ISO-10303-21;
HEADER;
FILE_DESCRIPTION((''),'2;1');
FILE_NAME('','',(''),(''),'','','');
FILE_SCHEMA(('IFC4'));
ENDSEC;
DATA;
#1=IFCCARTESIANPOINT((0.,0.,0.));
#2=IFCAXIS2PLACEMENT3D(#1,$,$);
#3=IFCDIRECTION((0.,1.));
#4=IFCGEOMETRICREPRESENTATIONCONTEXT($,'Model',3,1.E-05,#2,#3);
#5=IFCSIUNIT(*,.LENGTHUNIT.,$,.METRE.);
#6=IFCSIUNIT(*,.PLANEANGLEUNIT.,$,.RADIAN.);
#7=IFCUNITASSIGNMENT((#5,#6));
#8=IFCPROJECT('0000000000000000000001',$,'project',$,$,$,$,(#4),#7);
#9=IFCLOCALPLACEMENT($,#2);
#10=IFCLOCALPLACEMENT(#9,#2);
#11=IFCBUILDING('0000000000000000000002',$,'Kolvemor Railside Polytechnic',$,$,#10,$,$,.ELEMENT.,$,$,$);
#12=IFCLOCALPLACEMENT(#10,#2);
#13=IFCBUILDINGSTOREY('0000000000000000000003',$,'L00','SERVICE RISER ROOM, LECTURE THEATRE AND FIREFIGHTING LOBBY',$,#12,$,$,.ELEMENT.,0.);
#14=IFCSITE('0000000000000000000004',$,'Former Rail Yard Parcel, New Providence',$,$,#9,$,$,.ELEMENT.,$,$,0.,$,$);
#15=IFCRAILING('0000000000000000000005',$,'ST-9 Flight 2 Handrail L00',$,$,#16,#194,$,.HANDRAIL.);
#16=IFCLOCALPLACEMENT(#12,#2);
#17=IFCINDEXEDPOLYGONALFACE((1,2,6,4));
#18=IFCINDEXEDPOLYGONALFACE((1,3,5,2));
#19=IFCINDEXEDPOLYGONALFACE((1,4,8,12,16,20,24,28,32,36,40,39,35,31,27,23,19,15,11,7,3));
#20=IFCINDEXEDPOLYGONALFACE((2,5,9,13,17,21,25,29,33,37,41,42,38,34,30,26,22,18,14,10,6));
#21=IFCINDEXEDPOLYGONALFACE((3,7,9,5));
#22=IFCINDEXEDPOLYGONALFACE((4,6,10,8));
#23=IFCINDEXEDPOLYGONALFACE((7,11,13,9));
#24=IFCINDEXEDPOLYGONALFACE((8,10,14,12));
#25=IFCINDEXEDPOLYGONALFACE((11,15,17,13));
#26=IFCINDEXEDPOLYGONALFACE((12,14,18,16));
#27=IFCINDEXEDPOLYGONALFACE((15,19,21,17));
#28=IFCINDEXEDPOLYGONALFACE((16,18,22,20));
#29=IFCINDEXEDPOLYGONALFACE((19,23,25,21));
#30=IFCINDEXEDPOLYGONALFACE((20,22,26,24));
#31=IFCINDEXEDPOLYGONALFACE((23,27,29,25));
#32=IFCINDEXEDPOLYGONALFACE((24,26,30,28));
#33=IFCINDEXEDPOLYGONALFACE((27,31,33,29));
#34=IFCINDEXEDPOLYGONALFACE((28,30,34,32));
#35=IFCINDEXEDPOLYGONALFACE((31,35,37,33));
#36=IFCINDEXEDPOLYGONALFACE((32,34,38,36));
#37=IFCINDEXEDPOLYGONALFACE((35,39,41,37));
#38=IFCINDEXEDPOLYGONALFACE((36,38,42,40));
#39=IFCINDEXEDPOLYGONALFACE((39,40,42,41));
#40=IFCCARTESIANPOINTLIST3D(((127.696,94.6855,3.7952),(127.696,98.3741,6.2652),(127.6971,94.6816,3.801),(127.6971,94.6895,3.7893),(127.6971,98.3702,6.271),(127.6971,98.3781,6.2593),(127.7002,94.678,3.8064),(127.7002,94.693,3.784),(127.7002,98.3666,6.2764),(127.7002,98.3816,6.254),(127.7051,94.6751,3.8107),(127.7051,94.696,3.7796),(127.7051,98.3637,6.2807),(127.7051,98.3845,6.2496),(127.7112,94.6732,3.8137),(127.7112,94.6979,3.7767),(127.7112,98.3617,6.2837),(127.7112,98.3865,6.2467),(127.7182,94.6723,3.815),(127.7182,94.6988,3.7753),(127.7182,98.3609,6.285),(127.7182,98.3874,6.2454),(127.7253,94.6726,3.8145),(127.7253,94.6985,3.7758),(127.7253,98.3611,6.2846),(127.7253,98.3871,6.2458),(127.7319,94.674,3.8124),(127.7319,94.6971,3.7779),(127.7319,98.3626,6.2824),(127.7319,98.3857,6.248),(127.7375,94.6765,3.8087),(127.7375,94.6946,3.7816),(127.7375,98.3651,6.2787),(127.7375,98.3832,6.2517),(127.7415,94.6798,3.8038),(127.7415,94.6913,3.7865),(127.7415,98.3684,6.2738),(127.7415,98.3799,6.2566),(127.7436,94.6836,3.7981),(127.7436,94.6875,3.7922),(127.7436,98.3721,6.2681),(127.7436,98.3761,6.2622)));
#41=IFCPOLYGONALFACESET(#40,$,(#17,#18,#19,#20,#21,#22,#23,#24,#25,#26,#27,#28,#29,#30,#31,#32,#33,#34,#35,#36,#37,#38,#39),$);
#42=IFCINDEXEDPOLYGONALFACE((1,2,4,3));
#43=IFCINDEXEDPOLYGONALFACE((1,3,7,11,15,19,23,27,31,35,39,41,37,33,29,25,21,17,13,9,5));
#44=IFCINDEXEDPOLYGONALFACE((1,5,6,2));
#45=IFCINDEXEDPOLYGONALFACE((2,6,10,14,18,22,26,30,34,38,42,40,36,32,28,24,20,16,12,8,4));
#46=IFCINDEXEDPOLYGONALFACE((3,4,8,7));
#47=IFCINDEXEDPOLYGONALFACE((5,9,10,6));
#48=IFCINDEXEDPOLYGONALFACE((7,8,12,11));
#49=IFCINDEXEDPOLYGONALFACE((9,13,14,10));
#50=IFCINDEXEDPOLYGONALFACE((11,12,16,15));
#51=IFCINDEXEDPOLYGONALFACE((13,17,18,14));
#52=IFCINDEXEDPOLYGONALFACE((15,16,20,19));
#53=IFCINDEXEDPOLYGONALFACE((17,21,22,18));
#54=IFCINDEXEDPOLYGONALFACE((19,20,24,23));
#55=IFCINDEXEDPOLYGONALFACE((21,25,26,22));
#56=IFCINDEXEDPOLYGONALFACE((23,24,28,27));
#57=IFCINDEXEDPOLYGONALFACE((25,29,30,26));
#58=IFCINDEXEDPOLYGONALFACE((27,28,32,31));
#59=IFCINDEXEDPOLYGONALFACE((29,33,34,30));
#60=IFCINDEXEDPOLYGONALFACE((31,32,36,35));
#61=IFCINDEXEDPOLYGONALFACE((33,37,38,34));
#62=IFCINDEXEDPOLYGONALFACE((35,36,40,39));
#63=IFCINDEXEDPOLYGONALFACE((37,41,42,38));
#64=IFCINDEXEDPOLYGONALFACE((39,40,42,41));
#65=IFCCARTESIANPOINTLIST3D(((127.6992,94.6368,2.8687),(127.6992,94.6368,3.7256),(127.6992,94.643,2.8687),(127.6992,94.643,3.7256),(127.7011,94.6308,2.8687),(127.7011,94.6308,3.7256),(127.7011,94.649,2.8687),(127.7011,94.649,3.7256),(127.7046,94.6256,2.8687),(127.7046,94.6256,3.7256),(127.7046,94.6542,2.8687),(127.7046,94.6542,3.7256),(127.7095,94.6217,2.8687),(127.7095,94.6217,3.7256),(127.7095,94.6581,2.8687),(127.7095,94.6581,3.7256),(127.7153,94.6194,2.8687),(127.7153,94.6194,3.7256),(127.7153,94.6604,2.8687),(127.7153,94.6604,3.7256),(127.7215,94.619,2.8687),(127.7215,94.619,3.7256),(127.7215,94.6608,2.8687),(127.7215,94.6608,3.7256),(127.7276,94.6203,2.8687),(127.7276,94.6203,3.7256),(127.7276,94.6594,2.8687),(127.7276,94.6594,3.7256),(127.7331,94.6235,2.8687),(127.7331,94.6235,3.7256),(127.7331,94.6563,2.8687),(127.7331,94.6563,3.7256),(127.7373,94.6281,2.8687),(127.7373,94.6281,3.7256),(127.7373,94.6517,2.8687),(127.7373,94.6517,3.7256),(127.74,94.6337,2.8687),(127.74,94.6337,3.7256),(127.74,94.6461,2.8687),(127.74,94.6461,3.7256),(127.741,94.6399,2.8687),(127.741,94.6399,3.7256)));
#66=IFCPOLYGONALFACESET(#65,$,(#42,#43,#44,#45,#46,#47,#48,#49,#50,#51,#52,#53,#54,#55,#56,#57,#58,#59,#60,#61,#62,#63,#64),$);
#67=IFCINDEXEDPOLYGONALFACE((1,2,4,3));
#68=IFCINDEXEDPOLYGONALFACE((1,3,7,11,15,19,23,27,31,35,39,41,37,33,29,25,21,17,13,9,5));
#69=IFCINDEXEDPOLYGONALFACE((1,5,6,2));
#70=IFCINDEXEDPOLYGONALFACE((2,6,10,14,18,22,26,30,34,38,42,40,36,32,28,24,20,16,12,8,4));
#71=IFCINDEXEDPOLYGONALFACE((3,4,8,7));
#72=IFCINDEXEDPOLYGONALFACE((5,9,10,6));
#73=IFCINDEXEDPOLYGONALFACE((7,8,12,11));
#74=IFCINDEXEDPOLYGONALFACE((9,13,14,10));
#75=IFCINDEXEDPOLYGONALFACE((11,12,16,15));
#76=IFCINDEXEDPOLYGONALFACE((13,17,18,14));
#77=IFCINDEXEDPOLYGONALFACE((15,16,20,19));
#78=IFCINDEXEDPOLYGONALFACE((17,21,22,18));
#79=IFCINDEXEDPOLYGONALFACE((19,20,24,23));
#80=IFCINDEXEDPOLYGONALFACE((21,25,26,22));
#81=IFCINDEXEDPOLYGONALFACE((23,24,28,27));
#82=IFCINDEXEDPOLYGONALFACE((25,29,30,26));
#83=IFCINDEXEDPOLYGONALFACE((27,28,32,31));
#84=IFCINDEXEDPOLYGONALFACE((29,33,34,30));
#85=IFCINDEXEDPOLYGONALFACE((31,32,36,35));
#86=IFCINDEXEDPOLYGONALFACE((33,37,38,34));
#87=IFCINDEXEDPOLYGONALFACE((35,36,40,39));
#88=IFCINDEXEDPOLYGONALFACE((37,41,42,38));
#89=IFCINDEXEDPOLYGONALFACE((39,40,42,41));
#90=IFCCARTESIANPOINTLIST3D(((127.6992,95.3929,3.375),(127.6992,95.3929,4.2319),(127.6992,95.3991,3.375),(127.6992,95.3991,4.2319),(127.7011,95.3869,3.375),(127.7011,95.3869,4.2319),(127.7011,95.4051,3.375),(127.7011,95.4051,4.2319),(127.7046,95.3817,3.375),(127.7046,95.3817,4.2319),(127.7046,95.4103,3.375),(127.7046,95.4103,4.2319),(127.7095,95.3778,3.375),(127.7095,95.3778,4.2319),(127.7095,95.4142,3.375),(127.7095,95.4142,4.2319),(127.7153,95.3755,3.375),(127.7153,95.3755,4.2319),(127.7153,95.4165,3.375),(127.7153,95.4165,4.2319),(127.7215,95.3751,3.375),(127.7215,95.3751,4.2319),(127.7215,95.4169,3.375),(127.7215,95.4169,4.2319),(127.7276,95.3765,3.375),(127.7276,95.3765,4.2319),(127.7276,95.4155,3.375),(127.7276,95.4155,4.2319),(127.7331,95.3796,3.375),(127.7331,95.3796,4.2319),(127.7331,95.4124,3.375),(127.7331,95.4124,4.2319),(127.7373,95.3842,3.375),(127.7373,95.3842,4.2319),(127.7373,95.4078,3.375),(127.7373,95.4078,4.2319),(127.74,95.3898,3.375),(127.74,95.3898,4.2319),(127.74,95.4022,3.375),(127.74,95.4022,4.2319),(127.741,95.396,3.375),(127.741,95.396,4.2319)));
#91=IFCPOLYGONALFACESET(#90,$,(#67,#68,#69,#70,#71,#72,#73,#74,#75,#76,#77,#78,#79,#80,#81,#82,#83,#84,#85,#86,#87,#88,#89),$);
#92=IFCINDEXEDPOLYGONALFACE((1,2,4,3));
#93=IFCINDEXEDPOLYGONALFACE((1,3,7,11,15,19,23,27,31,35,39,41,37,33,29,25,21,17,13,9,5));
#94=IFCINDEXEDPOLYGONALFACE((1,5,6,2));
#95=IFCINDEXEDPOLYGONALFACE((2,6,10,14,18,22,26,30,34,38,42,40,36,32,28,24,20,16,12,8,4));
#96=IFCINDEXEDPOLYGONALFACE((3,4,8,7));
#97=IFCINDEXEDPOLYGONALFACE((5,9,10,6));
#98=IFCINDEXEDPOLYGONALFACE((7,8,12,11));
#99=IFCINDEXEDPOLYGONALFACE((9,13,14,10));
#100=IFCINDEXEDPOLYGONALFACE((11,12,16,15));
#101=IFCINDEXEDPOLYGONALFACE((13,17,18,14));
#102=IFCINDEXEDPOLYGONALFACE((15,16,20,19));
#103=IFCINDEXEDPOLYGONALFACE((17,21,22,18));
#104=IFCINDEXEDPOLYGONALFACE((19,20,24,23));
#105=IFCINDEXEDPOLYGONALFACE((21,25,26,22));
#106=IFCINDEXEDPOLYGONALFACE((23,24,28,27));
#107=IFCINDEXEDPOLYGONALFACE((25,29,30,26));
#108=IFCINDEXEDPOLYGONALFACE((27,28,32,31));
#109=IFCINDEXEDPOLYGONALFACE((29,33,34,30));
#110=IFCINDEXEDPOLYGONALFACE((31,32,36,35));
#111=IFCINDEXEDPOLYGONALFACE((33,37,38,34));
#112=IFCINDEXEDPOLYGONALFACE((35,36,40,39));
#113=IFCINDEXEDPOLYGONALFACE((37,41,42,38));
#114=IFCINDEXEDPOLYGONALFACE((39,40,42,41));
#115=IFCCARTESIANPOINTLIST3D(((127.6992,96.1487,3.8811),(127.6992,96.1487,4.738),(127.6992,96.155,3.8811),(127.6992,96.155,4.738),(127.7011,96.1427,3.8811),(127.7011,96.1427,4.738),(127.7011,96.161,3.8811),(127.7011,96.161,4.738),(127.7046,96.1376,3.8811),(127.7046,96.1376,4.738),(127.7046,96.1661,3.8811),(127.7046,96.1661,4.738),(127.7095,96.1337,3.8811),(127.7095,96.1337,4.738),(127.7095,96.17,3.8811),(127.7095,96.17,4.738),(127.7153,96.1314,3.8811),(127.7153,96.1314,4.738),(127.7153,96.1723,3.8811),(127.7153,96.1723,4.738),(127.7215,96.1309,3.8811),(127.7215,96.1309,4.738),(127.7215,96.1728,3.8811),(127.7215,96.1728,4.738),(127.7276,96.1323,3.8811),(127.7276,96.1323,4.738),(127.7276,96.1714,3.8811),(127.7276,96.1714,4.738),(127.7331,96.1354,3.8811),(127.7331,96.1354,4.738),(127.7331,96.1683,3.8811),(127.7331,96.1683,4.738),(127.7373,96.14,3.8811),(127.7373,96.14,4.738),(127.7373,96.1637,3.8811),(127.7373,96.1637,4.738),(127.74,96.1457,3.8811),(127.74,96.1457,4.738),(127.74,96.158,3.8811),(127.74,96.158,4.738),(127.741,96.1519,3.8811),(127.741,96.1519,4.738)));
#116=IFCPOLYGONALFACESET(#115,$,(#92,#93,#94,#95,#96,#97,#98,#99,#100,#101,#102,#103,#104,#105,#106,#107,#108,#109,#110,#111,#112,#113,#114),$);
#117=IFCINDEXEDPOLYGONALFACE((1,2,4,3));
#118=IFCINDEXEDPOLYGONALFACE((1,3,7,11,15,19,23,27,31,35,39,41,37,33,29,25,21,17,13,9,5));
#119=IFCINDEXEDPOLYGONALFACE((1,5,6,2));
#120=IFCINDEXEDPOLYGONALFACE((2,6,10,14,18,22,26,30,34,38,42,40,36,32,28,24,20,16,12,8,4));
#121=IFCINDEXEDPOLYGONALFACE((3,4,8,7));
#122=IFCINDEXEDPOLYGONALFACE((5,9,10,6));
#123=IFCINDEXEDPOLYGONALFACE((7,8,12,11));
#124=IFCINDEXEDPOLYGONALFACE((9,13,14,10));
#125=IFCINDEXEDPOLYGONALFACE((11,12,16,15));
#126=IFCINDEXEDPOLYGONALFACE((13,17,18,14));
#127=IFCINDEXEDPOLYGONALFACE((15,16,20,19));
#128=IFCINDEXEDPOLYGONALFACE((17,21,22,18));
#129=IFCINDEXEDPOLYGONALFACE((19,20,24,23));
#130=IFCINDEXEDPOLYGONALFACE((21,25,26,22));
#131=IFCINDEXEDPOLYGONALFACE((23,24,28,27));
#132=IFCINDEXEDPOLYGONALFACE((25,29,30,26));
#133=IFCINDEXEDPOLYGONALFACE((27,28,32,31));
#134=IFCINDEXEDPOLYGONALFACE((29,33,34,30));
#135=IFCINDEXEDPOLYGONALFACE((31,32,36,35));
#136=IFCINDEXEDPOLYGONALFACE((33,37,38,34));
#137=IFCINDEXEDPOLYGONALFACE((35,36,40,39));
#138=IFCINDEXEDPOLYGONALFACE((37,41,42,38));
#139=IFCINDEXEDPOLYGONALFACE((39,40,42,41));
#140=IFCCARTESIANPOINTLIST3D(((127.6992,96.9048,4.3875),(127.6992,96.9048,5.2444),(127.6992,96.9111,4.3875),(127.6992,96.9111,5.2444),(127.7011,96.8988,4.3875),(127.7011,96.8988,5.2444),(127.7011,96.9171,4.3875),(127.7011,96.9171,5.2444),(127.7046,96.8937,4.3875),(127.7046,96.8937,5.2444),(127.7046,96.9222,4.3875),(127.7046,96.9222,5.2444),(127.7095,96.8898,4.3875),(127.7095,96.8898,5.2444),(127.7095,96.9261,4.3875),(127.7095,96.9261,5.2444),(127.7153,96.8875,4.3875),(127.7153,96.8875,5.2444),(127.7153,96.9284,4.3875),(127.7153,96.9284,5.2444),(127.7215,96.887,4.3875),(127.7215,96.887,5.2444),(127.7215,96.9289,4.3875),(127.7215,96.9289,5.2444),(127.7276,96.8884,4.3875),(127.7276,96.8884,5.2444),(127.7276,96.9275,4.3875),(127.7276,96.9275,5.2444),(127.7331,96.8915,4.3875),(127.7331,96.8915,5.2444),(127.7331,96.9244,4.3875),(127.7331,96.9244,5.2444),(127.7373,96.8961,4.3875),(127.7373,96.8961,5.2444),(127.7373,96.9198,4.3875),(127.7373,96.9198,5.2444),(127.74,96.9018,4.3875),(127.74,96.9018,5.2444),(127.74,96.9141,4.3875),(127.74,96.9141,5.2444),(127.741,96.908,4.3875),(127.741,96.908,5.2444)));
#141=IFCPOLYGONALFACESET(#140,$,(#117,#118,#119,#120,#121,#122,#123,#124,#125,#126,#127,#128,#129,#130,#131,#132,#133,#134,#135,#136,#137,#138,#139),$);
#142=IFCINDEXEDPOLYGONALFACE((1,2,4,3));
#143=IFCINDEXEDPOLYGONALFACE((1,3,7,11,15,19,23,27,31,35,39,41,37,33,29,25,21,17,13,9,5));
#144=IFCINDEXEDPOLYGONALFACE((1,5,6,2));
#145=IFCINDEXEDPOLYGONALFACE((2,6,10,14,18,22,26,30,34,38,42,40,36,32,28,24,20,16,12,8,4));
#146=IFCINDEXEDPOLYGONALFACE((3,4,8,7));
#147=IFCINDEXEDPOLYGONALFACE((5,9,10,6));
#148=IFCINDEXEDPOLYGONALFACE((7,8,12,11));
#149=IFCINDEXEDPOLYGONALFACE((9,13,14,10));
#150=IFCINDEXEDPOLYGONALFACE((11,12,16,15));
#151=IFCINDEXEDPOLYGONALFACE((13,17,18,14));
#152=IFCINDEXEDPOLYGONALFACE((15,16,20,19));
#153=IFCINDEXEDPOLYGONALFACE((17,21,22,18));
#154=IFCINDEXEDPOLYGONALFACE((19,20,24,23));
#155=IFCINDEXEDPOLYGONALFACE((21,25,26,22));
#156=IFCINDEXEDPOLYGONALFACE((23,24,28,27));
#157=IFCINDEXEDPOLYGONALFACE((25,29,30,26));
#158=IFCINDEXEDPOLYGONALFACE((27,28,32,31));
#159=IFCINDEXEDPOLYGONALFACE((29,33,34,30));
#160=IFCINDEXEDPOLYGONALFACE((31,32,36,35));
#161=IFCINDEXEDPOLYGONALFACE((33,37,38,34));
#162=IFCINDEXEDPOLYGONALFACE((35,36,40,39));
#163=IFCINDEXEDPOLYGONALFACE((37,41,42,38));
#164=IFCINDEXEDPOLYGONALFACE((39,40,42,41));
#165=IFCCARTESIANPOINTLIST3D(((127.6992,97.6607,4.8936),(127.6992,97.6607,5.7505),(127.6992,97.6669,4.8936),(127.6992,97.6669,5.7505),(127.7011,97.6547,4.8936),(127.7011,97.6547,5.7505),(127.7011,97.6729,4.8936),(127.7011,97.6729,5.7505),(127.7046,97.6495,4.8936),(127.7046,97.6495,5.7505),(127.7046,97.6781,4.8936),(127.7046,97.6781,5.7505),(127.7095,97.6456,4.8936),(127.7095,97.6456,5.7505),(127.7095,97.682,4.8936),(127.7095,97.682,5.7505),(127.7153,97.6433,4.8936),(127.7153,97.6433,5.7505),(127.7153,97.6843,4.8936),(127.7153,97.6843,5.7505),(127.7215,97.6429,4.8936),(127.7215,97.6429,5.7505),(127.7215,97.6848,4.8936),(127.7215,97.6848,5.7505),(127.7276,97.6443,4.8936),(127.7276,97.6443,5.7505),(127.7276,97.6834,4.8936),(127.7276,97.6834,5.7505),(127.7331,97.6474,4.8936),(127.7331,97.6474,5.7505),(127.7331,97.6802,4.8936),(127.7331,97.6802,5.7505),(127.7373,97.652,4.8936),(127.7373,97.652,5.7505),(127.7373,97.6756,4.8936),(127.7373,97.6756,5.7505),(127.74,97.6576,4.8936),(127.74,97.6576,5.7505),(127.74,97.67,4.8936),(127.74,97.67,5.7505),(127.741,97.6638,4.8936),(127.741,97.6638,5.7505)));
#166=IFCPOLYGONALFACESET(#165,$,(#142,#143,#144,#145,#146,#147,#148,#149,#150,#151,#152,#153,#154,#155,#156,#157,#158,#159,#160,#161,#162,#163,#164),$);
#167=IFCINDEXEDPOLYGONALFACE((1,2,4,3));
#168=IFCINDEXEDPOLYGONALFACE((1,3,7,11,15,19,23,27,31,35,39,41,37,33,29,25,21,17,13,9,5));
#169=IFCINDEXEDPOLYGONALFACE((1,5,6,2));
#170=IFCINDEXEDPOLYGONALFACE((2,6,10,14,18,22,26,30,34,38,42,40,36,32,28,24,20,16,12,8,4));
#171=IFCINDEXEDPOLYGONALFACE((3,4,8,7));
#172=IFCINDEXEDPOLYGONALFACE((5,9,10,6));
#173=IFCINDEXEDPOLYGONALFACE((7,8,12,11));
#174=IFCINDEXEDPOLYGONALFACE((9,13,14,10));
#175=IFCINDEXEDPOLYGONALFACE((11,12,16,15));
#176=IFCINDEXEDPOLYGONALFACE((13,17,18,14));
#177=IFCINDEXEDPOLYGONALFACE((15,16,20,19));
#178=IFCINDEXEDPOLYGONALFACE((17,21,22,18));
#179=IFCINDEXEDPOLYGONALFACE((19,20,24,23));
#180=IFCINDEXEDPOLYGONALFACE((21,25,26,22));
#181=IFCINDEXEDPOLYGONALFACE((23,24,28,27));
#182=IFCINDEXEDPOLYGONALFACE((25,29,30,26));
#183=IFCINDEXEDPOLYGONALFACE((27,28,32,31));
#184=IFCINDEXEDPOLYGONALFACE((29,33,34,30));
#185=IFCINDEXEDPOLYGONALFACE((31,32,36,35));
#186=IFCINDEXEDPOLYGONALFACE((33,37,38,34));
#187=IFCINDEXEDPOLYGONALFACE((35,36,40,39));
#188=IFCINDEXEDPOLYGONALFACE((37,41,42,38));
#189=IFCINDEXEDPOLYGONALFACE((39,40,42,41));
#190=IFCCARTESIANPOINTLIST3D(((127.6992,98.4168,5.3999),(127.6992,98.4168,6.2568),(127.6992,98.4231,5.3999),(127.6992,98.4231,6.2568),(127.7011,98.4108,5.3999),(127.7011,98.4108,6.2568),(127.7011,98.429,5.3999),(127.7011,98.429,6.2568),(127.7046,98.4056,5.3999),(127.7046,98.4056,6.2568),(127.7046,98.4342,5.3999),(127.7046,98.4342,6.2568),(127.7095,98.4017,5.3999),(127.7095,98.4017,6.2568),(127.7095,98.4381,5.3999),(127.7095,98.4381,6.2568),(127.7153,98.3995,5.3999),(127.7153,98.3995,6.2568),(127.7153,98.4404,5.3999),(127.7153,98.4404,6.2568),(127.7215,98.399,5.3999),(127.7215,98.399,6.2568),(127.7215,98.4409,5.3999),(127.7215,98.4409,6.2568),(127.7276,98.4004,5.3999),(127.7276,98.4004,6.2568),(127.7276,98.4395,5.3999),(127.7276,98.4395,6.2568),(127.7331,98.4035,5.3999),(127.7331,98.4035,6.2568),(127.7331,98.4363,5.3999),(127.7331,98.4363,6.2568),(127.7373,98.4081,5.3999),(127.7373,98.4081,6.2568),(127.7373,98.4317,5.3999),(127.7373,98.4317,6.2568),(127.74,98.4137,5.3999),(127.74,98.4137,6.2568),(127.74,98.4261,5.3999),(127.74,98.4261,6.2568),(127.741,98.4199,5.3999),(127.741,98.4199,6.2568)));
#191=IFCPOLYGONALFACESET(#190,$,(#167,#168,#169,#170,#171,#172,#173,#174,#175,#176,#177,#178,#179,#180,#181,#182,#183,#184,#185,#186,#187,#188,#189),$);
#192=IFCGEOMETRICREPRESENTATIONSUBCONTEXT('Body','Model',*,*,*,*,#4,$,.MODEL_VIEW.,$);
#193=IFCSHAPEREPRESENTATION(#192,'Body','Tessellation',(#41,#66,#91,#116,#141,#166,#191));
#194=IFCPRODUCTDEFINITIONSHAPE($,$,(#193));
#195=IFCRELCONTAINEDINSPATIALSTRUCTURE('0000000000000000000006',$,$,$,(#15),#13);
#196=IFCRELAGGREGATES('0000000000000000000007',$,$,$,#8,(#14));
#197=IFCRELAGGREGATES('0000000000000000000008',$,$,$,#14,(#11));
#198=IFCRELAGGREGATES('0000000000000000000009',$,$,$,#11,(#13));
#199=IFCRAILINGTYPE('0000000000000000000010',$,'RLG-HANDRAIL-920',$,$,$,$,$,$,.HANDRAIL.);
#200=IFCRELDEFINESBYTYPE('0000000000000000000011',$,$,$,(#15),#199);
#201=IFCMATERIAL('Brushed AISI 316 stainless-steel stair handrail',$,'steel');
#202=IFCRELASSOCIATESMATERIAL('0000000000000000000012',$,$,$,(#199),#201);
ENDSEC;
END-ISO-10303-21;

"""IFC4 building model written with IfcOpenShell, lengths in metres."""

from ifc_helpers import new_model, si_unit, direction, frame, origin, origin_2d, place, context, subcontext, project, spatial, circle, extrude, material, type_object, element, save


model = new_model("IFC4")

# Units and contexts
model_context = context("Model", 3, precision=1e-05, world=origin(), true_north=direction((0.0, 1.0)))
body_context = subcontext(model_context, "Body", "Model", "MODEL_VIEW")
ifc_project = project(units=[si_unit("LENGTHUNIT", "METRE"), si_unit("PLANEANGLEUNIT", "RADIAN")], contexts=[model_context])

# Site, building, storey
site_placement = place(None, origin())
site = spatial("IfcSite", under=ifc_project, at=site_placement, Name="Former Rail Yard Parcel, New Providence", CompositionType="ELEMENT", RefElevation=0.0)
building_placement = place(site_placement, origin())
building = spatial("IfcBuilding", under=site, at=building_placement, Name="Kolvemor Railside Polytechnic", CompositionType="ELEMENT")
storey_placement = place(building_placement, origin())
storey = spatial("IfcBuildingStorey", under=building, at=storey_placement, Name="L00", Description="SERVICE RISER ROOM, LECTURE THEATRE AND FIREFIGHTING LOBBY", CompositionType="ELEMENT", Elevation=0.0)

# Railing
ifc_material_1 = material(Name="Brushed AISI 316 stainless-steel stair handrail", Category="steel")
railing_type_1 = type_object("IfcRailingType", Name="RLG-HANDRAIL-920", PredefinedType="HANDRAIL", material=ifc_material_1)
railing_1_placement = place(storey_placement, frame((127.72, 94.6399, 2.8687)))
element("IfcRailing", 1, at=railing_1_placement, inside=storey, type_object=railing_type_1, Name="ST-9 Flight 2 Handrail L00", PredefinedType="HANDRAIL", context=body_context, shape_type="SweptSolid", body=[
    extrude(circle(Radius=0.0239, at=origin_2d()), frame((0.0, 0.0457, 0.9265), z_axis=(0.0, 0.830909, 0.556408), x_axis=(-1.0, 0.0, 0.0)), (0.0, 0.0, 1.0), 4.4392),
    extrude(circle(Radius=0.021, at=origin_2d()), origin(), (0.0, 0.0, 1.0), 0.8569),
    extrude(circle(Radius=0.021, at=origin_2d()), frame((0.0, 0.7561, 0.5063)), (0.0, 0.0, 1.0), 0.8569),
    extrude(circle(Radius=0.021, at=origin_2d()), frame((0.0, 1.512, 1.0125)), (0.0, 0.0, 1.0), 0.8569),
    extrude(circle(Radius=0.021, at=origin_2d()), frame((0.0, 2.2681, 1.5188)), (0.0, 0.0, 1.0), 0.8569),
    extrude(circle(Radius=0.021, at=origin_2d()), frame((0.0, 3.0239, 2.0249)), (0.0, 0.0, 1.0), 0.8569),
    extrude(circle(Radius=0.021, at=origin_2d()), frame((0.0, 3.78, 2.5312)), (0.0, 0.0, 1.0), 0.8569),
])

save(model, "model.ifc")
